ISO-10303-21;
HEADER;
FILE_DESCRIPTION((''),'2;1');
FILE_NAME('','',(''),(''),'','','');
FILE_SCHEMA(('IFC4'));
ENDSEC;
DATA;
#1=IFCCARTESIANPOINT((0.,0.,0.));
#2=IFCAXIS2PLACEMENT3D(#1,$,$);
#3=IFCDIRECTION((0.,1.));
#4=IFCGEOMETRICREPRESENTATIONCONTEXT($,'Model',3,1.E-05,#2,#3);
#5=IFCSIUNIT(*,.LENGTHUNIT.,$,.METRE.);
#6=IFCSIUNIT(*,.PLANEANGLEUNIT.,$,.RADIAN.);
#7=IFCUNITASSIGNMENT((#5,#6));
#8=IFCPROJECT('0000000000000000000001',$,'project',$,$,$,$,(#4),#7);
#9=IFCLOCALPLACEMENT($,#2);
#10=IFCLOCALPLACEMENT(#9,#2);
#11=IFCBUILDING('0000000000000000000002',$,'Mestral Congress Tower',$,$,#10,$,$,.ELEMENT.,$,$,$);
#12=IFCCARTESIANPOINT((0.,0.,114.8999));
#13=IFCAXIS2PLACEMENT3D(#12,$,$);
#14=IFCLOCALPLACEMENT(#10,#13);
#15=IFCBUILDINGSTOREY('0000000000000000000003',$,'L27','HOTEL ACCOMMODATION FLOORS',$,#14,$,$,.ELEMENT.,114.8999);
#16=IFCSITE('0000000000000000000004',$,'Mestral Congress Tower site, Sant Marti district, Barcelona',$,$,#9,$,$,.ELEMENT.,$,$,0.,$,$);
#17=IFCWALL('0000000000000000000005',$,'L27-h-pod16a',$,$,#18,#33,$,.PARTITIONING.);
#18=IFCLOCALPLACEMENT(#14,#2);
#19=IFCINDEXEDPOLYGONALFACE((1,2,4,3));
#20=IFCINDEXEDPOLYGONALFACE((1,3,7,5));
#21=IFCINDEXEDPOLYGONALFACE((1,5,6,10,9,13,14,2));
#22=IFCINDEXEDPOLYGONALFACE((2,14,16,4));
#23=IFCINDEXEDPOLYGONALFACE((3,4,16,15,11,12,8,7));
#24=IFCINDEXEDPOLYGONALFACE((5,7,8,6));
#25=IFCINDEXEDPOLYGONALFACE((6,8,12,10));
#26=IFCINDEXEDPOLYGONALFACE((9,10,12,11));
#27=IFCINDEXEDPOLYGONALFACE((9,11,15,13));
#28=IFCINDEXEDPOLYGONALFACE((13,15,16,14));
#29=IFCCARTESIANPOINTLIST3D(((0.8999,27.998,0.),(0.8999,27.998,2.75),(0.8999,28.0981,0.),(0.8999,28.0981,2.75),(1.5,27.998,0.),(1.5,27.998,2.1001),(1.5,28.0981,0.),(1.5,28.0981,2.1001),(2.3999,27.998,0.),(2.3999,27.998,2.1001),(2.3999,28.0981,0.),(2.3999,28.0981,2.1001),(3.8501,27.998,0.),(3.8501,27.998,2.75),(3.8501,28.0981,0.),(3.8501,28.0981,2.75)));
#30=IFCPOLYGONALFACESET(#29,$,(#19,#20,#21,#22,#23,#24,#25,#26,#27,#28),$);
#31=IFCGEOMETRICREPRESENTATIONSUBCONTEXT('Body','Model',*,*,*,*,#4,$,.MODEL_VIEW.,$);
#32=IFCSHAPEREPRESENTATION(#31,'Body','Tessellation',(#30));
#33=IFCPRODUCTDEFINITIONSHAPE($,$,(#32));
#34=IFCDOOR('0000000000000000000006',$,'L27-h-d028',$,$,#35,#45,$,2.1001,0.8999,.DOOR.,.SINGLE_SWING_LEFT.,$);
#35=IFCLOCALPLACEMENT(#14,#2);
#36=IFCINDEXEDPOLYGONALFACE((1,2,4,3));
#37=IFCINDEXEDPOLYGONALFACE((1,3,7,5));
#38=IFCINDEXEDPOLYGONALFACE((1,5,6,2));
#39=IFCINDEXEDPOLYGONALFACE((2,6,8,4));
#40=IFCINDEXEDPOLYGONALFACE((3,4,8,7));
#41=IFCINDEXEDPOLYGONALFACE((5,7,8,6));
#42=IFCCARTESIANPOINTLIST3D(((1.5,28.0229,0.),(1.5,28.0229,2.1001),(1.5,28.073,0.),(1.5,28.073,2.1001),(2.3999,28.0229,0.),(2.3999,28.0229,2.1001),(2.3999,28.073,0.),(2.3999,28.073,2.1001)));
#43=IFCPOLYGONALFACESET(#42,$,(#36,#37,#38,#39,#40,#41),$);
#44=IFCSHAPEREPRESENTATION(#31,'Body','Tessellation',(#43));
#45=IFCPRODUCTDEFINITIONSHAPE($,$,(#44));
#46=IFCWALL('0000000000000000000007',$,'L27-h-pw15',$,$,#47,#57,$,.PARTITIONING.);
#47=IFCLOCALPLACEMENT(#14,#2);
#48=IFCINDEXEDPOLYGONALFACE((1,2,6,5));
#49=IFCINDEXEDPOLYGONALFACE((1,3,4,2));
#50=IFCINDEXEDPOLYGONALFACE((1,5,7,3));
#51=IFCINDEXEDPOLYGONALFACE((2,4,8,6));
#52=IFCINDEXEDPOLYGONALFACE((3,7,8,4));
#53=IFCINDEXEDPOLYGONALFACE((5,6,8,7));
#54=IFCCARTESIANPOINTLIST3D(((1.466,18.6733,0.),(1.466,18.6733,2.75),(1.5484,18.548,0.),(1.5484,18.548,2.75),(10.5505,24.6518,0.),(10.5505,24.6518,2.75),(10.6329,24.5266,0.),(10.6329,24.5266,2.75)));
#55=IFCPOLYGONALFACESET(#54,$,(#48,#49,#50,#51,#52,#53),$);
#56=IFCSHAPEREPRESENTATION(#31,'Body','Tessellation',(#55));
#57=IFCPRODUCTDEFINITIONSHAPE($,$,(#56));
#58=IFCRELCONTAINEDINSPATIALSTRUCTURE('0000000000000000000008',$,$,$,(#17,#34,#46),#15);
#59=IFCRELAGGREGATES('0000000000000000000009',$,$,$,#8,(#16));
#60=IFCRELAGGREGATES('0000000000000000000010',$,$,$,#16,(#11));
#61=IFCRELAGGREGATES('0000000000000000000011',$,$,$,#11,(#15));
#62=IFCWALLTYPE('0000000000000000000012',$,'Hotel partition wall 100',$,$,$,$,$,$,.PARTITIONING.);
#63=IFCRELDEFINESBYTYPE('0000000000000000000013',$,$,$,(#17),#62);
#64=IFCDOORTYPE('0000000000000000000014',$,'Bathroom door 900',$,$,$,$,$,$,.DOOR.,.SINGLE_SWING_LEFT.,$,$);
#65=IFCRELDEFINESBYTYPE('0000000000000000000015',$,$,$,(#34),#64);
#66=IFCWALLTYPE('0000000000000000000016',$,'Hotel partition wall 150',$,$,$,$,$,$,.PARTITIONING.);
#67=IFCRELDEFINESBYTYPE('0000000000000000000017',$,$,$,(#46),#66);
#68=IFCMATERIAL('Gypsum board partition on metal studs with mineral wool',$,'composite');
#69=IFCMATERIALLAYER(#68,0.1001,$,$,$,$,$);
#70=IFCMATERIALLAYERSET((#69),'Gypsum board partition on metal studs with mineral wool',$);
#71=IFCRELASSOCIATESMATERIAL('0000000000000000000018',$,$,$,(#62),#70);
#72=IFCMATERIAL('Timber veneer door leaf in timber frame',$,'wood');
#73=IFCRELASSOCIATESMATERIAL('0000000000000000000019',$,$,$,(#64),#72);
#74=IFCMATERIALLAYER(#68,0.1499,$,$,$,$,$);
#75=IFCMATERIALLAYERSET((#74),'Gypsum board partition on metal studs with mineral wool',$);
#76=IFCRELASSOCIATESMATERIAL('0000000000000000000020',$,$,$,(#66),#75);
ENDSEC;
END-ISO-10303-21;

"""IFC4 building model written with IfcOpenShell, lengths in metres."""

from ifc_helpers import new_model, si_unit, direction, frame, frame_2d, origin, place, context, subcontext, project, spatial, rectangle, extrude, material, layer, layer_set, type_object, element, fill, save


model = new_model("IFC4")

# Units and contexts
model_context = context("Model", 3, precision=1e-05, world=origin(), true_north=direction((0.0, 1.0)))
body_context = subcontext(model_context, "Body", "Model", "MODEL_VIEW")
ifc_project = project(units=[si_unit("LENGTHUNIT", "METRE"), si_unit("PLANEANGLEUNIT", "RADIAN")], contexts=[model_context])

# Site, building, storey
site_placement = place(None, origin())
site = spatial("IfcSite", under=ifc_project, at=site_placement, Name="Mestral Congress Tower site, Sant Marti district, Barcelona", CompositionType="ELEMENT", RefElevation=0.0)
building_placement = place(site_placement, origin())
building = spatial("IfcBuilding", under=site, at=building_placement, Name="Mestral Congress Tower", CompositionType="ELEMENT")
storey_placement = place(building_placement, frame((0.0, 0.0, 114.8999)))
storey = spatial("IfcBuildingStorey", under=building, at=storey_placement, Name="L27", Description="HOTEL ACCOMMODATION FLOORS", CompositionType="ELEMENT", Elevation=114.8999)

# Shared definitions
ifc_material_1 = material(Name="Gypsum board partition on metal studs with mineral wool", Category="composite")
ifc_layer_1 = layer(ifc_material_1, 0.1001)
ifc_layer_set_1 = layer_set([ifc_layer_1], Name="Gypsum board partition on metal studs with mineral wool")
wall_type_1 = type_object("IfcWallType", Name="Hotel partition wall 100", PredefinedType="PARTITIONING", material=ifc_layer_set_1)
ifc_material_2 = material(Name="Timber veneer door leaf in timber frame", Category="wood")
door_type = type_object("IfcDoorType", Name="Bathroom door 900", OperationType="SINGLE_SWING_LEFT", PredefinedType="DOOR", material=ifc_material_2)

# Wall, opening, door
wall_1_placement = place(storey_placement, frame((0.8999, 28.0481, 0.0), z_axis=(0.0, 0.0, 1.0), x_axis=(1.0, 0.0, 0.0)))
wall_1 = element("IfcWall", 1, at=wall_1_placement, inside=storey, type_object=wall_type_1, Name="L27-h-pod16a", PredefinedType="PARTITIONING", context=body_context, shape_type="SweptSolid", body=[
    extrude(rectangle(XDim=2.9502, YDim=0.1001, at=frame_2d((1.4751, 0.0))), origin(), (0.0, 0.0, 1.0), 2.75),
])
opening_1_placement = place(wall_1_placement, frame((0.6001, 0.0, 0.0)))
opening_1 = element("IfcOpeningElement", 2, at=opening_1_placement, cuts=wall_1, PredefinedType="OPENING", context=body_context, shape_type="SweptSolid", body=[
    extrude(rectangle(XDim=0.8999, YDim=2.1001, at=frame_2d((0.45, 1.05))), frame((0.0, 0.0601, 0.0), z_axis=(0.0, -1.0, 0.0), x_axis=(1.0, 0.0, 0.0)), (0.0, 0.0, 1.0), 0.1201),
])
door_1_placement = place(opening_1_placement, origin())
door_1 = element("IfcDoor", 3, at=door_1_placement, inside=storey, type_object=door_type, Name="L27-h-d028", OperationType="SINGLE_SWING_LEFT", OverallHeight=2.1001, OverallWidth=0.8999, PredefinedType="DOOR", context=body_context, shape_type="SweptSolid", body=[
    extrude(rectangle(XDim=0.8999, YDim=2.1001, at=frame_2d((0.45, 1.05))), frame((0.0, 0.0249, 0.0), z_axis=(0.0, -1.0, 0.0), x_axis=(1.0, 0.0, 0.0)), (0.0, 0.0, 1.0), 0.05),
])
fill(opening_1, door_1)

# Wall
ifc_layer_2 = layer(ifc_material_1, 0.1499)
ifc_layer_set_2 = layer_set([ifc_layer_2], Name="Gypsum board partition on metal studs with mineral wool")
wall_type_2 = type_object("IfcWallType", Name="Hotel partition wall 150", PredefinedType="PARTITIONING", material=ifc_layer_set_2)
wall_2_placement = place(storey_placement, frame((10.5916, 24.5891, 0.0), z_axis=(0.0, 0.0, 1.0), x_axis=(-0.835337, -0.549738, 0.0)))
element("IfcWall", 4, at=wall_2_placement, inside=storey, type_object=wall_type_2, Name="L27-h-pw15", PredefinedType="PARTITIONING", context=body_context, shape_type="SweptSolid", body=[
    extrude(rectangle(XDim=10.8752, YDim=0.1499, at=frame_2d((5.4375, 0.0))), origin(), (0.0, 0.0, 1.0), 2.75),
])

save(model, "model.ifc")
